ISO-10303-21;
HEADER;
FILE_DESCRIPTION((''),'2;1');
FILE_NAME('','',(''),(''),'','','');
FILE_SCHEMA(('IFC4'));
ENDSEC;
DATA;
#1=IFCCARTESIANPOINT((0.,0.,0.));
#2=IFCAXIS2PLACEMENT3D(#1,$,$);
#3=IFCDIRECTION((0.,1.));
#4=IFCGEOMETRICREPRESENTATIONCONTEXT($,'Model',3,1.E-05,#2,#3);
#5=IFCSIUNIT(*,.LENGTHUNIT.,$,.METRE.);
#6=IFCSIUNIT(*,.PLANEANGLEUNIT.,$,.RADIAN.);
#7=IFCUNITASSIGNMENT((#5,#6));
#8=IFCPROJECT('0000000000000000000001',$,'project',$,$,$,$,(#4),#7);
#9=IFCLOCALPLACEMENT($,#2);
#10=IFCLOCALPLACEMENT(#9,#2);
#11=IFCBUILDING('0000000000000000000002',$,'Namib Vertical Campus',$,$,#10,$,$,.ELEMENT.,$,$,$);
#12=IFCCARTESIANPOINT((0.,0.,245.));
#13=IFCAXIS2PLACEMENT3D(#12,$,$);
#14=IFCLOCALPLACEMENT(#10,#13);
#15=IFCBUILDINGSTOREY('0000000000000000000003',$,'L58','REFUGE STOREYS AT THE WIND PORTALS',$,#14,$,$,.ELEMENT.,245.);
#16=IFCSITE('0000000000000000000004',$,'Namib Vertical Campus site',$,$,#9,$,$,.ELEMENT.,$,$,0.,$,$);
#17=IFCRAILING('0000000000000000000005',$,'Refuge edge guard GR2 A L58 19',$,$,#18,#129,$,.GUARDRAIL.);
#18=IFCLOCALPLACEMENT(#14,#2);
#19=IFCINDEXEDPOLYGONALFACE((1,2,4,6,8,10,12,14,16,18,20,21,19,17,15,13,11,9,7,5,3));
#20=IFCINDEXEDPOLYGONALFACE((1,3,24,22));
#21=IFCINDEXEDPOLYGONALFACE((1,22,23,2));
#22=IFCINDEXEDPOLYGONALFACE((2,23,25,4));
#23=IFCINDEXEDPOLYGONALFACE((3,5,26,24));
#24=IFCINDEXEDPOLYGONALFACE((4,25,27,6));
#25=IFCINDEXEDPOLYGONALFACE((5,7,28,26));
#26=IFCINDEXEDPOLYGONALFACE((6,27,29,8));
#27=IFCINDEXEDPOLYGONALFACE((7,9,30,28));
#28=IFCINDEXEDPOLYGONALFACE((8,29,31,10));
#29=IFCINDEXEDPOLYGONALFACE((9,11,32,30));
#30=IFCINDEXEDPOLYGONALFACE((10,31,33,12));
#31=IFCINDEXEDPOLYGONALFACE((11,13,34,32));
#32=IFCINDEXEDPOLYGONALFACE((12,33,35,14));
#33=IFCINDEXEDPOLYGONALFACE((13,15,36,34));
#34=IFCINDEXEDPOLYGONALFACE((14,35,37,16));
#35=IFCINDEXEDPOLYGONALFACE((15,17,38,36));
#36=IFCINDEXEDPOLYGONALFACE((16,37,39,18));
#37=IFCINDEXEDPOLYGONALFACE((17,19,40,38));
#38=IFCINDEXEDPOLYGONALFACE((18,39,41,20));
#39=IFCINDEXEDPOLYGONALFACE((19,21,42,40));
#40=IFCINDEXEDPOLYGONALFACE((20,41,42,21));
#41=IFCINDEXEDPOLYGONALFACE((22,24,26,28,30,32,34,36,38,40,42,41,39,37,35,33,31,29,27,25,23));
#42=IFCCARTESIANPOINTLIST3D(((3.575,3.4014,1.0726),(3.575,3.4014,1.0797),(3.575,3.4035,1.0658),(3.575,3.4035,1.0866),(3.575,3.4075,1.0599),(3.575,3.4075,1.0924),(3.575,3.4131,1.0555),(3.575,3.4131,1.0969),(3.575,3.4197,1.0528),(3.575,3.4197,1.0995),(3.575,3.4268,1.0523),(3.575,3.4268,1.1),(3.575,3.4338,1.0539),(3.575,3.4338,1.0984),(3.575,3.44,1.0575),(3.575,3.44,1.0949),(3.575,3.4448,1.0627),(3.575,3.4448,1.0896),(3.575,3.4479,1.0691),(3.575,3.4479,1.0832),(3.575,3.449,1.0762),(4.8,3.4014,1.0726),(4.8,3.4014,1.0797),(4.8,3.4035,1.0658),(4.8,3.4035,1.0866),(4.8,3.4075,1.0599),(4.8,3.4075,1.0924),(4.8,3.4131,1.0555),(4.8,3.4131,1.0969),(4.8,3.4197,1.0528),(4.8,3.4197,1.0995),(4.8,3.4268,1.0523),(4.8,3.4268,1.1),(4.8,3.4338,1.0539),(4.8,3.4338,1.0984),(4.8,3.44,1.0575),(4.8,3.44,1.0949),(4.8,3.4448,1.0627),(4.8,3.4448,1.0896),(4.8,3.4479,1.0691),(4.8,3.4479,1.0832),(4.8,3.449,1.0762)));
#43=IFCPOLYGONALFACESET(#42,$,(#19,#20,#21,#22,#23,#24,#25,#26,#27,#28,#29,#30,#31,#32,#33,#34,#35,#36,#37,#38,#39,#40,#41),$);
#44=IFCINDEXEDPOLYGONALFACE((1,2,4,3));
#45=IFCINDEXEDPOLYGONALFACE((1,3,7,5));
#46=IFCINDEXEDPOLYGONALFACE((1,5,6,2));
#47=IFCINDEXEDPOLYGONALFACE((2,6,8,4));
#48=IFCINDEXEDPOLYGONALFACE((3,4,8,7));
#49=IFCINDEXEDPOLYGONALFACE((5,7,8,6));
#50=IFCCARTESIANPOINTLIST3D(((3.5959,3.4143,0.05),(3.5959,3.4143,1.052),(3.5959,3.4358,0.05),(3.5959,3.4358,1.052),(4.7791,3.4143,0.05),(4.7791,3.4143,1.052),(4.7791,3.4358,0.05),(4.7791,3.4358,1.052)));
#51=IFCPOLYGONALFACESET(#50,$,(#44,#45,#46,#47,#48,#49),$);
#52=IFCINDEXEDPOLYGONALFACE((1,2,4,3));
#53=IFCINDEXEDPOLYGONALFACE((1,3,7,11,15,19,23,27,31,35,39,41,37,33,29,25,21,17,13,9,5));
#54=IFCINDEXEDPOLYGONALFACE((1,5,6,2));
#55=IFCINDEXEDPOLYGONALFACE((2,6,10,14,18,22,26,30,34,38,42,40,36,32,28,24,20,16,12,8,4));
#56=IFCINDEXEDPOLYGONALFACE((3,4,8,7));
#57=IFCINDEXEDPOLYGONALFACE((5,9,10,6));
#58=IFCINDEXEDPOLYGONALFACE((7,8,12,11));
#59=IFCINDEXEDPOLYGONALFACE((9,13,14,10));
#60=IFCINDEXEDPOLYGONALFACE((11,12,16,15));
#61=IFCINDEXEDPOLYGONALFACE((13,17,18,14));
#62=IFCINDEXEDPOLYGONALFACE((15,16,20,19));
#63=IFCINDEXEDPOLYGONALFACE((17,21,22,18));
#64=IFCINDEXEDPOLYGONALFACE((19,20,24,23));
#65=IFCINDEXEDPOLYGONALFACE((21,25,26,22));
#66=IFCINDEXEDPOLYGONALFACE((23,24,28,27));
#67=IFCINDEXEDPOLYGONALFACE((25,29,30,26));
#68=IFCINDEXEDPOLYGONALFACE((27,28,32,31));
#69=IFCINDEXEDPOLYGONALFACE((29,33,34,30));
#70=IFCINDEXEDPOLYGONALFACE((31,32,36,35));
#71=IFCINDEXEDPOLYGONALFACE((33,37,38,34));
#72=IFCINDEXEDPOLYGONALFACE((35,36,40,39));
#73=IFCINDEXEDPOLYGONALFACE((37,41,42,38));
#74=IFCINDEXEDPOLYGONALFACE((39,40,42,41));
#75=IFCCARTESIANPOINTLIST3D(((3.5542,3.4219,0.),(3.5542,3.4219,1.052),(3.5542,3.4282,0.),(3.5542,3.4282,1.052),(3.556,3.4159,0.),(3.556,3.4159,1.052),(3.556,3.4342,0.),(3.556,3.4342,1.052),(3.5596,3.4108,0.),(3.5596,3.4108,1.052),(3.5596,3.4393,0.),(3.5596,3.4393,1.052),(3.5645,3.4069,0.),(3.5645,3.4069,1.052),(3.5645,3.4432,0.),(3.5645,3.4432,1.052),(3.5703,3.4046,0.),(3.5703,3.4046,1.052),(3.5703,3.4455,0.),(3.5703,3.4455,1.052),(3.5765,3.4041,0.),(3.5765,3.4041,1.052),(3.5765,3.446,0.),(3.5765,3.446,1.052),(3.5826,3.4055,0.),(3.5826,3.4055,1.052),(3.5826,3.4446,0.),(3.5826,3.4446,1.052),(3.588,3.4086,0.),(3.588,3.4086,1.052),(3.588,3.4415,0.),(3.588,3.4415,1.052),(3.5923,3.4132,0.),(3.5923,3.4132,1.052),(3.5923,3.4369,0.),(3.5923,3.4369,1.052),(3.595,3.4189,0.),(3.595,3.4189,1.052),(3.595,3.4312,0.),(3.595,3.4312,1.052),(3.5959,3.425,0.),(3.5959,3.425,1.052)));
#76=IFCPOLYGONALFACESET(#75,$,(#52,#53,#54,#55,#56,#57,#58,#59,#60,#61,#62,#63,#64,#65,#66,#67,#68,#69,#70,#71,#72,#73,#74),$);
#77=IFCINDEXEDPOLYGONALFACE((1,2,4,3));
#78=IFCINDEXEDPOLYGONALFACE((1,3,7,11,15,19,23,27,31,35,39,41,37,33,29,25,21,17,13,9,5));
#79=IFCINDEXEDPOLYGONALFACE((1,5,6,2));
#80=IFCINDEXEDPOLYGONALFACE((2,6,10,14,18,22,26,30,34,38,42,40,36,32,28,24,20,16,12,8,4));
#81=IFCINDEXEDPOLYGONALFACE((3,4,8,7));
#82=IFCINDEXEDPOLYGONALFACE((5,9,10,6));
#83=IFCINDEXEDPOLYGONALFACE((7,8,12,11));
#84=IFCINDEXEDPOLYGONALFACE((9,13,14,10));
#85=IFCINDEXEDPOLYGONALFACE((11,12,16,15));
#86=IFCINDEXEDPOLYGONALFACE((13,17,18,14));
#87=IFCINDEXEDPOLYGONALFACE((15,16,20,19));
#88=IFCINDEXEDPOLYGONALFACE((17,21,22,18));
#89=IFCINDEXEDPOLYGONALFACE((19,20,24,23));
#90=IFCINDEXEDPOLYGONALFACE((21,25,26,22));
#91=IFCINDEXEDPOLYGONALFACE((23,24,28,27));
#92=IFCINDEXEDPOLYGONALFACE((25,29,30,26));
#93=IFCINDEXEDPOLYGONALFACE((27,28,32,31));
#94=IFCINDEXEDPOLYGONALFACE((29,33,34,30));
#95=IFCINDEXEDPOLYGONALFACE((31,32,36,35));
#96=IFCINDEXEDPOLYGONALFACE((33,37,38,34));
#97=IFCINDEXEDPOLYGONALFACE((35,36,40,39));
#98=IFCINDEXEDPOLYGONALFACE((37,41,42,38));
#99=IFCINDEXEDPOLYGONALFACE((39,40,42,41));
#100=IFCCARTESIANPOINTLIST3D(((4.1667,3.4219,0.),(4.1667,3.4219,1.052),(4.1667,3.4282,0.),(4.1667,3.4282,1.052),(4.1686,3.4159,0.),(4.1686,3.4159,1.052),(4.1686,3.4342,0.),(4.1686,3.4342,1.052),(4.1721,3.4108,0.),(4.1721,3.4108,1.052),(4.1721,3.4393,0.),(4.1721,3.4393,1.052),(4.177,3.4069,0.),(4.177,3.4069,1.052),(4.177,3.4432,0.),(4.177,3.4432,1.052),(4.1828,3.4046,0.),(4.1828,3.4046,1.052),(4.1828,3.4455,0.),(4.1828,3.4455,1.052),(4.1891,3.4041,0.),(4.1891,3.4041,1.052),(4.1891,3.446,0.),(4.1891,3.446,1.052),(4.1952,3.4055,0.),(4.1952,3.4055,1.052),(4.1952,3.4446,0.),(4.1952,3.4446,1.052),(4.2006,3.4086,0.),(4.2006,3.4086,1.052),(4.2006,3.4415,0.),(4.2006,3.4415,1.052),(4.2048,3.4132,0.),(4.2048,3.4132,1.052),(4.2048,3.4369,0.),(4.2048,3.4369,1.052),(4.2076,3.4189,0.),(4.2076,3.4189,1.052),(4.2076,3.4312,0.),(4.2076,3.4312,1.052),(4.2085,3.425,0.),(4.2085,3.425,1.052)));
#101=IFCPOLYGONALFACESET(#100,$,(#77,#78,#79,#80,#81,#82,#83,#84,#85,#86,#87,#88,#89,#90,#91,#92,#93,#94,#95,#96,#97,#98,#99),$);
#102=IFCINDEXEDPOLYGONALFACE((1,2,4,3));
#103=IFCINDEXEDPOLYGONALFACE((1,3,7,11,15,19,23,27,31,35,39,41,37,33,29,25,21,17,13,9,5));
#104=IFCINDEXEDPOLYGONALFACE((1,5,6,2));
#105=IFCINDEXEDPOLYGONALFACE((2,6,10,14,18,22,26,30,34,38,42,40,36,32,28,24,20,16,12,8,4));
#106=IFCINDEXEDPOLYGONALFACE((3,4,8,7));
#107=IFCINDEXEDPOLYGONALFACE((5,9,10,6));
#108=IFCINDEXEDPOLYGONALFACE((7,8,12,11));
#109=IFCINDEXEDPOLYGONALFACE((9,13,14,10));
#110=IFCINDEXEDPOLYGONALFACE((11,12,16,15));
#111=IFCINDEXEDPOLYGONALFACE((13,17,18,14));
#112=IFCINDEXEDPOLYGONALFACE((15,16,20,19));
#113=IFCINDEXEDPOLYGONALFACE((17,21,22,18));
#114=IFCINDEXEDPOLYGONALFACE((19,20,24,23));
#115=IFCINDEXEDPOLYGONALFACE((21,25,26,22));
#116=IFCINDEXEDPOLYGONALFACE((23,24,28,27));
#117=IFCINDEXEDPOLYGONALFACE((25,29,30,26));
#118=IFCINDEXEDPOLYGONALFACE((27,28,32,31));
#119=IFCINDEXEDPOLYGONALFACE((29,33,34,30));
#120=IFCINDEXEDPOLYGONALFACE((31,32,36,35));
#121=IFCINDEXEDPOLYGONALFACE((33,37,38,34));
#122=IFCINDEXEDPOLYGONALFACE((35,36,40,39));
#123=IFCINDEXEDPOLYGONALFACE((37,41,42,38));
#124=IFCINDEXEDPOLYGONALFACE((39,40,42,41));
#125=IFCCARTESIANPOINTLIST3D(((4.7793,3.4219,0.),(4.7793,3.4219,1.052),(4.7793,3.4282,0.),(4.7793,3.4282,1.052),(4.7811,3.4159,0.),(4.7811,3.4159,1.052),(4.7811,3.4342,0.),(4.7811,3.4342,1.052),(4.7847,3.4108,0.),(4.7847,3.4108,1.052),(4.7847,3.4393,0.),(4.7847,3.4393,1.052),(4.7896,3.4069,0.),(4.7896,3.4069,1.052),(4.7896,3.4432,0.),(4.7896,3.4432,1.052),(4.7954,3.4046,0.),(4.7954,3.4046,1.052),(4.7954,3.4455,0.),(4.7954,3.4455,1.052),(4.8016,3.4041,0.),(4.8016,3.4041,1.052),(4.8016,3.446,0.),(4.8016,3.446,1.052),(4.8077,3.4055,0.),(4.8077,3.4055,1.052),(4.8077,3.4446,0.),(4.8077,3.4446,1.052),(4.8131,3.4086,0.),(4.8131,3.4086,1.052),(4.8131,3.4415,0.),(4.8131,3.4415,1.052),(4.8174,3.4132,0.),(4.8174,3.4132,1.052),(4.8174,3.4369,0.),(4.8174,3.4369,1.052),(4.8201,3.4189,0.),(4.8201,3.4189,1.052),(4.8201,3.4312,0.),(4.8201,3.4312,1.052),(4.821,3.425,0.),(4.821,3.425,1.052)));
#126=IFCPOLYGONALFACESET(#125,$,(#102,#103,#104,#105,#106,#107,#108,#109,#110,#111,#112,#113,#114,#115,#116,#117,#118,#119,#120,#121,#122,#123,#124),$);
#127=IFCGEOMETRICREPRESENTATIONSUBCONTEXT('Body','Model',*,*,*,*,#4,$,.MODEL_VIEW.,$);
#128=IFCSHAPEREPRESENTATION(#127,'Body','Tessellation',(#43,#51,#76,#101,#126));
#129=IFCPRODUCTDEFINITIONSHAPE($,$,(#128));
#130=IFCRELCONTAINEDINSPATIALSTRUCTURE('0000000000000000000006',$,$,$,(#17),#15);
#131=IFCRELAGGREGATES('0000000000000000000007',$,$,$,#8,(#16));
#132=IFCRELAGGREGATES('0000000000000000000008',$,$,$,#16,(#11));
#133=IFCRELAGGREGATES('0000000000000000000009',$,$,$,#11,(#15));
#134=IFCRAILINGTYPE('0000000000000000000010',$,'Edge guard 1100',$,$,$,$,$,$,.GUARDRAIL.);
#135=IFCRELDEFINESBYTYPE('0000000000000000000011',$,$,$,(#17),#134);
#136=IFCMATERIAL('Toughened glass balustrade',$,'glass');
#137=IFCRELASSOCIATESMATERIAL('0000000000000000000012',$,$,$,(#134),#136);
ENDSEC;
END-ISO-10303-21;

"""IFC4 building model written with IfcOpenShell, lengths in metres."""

from ifc_helpers import new_model, si_unit, direction, frame, origin, origin_2d, place, context, subcontext, project, spatial, polyline, circle, outline, extrude, material, type_object, element, save


model = new_model("IFC4")

# Units and contexts
model_context = context("Model", 3, precision=1e-05, world=origin(), true_north=direction((0.0, 1.0)))
body_context = subcontext(model_context, "Body", "Model", "MODEL_VIEW")
ifc_project = project(units=[si_unit("LENGTHUNIT", "METRE"), si_unit("PLANEANGLEUNIT", "RADIAN")], contexts=[model_context])

# Site, building, storey
site_placement = place(None, origin())
site = spatial("IfcSite", under=ifc_project, at=site_placement, Name="Namib Vertical Campus site", CompositionType="ELEMENT", RefElevation=0.0)
building_placement = place(site_placement, origin())
building = spatial("IfcBuilding", under=site, at=building_placement, Name="Namib Vertical Campus", CompositionType="ELEMENT")
storey_placement = place(building_placement, frame((0.0, 0.0, 245.0)))
storey = spatial("IfcBuildingStorey", under=building, at=storey_placement, Name="L58", Description="REFUGE STOREYS AT THE WIND PORTALS", CompositionType="ELEMENT", Elevation=245.0)

# Railing
ifc_material_1 = material(Name="Toughened glass balustrade", Category="glass")
railing_type = type_object("IfcRailingType", Name="Edge guard 1100", PredefinedType="GUARDRAIL", material=ifc_material_1)
railing_1_placement = place(storey_placement, frame((3.575, 3.425, 0.0)))
element("IfcRailing", 1, at=railing_1_placement, inside=storey, type_object=railing_type, Name="Refuge edge guard GR2 A L58 19", PredefinedType="GUARDRAIL", context=body_context, shape_type="SweptSolid", body=[
    extrude(circle(Radius=0.0239, at=origin_2d()), frame((0.0, 0.0, 1.0762), z_axis=(1.0, 0.0, 0.0), x_axis=(0.0, 1.0, 0.0)), (0.0, 0.0, 1.0), 1.2251),
    extrude(outline(polyline([(0.021, 0.05), (1.2041, 0.05), (1.2041, 1.052), (0.021, 1.052), (0.021, 0.05)])), frame((0.0, 0.0107, 0.0), z_axis=(0.0, -1.0, 0.0), x_axis=(1.0, 0.0, 0.0)), (0.0, 0.0, 1.0), 0.0215),
    extrude(circle(Radius=0.021, at=origin_2d()), origin(), (0.0, 0.0, 1.0), 1.052),
    extrude(circle(Radius=0.021, at=origin_2d()), frame((0.6125, 0.0, 0.0)), (0.0, 0.0, 1.0), 1.052),
    extrude(circle(Radius=0.021, at=origin_2d()), frame((1.2251, 0.0, 0.0)), (0.0, 0.0, 1.0), 1.052),
])

save(model, "model.ifc")
